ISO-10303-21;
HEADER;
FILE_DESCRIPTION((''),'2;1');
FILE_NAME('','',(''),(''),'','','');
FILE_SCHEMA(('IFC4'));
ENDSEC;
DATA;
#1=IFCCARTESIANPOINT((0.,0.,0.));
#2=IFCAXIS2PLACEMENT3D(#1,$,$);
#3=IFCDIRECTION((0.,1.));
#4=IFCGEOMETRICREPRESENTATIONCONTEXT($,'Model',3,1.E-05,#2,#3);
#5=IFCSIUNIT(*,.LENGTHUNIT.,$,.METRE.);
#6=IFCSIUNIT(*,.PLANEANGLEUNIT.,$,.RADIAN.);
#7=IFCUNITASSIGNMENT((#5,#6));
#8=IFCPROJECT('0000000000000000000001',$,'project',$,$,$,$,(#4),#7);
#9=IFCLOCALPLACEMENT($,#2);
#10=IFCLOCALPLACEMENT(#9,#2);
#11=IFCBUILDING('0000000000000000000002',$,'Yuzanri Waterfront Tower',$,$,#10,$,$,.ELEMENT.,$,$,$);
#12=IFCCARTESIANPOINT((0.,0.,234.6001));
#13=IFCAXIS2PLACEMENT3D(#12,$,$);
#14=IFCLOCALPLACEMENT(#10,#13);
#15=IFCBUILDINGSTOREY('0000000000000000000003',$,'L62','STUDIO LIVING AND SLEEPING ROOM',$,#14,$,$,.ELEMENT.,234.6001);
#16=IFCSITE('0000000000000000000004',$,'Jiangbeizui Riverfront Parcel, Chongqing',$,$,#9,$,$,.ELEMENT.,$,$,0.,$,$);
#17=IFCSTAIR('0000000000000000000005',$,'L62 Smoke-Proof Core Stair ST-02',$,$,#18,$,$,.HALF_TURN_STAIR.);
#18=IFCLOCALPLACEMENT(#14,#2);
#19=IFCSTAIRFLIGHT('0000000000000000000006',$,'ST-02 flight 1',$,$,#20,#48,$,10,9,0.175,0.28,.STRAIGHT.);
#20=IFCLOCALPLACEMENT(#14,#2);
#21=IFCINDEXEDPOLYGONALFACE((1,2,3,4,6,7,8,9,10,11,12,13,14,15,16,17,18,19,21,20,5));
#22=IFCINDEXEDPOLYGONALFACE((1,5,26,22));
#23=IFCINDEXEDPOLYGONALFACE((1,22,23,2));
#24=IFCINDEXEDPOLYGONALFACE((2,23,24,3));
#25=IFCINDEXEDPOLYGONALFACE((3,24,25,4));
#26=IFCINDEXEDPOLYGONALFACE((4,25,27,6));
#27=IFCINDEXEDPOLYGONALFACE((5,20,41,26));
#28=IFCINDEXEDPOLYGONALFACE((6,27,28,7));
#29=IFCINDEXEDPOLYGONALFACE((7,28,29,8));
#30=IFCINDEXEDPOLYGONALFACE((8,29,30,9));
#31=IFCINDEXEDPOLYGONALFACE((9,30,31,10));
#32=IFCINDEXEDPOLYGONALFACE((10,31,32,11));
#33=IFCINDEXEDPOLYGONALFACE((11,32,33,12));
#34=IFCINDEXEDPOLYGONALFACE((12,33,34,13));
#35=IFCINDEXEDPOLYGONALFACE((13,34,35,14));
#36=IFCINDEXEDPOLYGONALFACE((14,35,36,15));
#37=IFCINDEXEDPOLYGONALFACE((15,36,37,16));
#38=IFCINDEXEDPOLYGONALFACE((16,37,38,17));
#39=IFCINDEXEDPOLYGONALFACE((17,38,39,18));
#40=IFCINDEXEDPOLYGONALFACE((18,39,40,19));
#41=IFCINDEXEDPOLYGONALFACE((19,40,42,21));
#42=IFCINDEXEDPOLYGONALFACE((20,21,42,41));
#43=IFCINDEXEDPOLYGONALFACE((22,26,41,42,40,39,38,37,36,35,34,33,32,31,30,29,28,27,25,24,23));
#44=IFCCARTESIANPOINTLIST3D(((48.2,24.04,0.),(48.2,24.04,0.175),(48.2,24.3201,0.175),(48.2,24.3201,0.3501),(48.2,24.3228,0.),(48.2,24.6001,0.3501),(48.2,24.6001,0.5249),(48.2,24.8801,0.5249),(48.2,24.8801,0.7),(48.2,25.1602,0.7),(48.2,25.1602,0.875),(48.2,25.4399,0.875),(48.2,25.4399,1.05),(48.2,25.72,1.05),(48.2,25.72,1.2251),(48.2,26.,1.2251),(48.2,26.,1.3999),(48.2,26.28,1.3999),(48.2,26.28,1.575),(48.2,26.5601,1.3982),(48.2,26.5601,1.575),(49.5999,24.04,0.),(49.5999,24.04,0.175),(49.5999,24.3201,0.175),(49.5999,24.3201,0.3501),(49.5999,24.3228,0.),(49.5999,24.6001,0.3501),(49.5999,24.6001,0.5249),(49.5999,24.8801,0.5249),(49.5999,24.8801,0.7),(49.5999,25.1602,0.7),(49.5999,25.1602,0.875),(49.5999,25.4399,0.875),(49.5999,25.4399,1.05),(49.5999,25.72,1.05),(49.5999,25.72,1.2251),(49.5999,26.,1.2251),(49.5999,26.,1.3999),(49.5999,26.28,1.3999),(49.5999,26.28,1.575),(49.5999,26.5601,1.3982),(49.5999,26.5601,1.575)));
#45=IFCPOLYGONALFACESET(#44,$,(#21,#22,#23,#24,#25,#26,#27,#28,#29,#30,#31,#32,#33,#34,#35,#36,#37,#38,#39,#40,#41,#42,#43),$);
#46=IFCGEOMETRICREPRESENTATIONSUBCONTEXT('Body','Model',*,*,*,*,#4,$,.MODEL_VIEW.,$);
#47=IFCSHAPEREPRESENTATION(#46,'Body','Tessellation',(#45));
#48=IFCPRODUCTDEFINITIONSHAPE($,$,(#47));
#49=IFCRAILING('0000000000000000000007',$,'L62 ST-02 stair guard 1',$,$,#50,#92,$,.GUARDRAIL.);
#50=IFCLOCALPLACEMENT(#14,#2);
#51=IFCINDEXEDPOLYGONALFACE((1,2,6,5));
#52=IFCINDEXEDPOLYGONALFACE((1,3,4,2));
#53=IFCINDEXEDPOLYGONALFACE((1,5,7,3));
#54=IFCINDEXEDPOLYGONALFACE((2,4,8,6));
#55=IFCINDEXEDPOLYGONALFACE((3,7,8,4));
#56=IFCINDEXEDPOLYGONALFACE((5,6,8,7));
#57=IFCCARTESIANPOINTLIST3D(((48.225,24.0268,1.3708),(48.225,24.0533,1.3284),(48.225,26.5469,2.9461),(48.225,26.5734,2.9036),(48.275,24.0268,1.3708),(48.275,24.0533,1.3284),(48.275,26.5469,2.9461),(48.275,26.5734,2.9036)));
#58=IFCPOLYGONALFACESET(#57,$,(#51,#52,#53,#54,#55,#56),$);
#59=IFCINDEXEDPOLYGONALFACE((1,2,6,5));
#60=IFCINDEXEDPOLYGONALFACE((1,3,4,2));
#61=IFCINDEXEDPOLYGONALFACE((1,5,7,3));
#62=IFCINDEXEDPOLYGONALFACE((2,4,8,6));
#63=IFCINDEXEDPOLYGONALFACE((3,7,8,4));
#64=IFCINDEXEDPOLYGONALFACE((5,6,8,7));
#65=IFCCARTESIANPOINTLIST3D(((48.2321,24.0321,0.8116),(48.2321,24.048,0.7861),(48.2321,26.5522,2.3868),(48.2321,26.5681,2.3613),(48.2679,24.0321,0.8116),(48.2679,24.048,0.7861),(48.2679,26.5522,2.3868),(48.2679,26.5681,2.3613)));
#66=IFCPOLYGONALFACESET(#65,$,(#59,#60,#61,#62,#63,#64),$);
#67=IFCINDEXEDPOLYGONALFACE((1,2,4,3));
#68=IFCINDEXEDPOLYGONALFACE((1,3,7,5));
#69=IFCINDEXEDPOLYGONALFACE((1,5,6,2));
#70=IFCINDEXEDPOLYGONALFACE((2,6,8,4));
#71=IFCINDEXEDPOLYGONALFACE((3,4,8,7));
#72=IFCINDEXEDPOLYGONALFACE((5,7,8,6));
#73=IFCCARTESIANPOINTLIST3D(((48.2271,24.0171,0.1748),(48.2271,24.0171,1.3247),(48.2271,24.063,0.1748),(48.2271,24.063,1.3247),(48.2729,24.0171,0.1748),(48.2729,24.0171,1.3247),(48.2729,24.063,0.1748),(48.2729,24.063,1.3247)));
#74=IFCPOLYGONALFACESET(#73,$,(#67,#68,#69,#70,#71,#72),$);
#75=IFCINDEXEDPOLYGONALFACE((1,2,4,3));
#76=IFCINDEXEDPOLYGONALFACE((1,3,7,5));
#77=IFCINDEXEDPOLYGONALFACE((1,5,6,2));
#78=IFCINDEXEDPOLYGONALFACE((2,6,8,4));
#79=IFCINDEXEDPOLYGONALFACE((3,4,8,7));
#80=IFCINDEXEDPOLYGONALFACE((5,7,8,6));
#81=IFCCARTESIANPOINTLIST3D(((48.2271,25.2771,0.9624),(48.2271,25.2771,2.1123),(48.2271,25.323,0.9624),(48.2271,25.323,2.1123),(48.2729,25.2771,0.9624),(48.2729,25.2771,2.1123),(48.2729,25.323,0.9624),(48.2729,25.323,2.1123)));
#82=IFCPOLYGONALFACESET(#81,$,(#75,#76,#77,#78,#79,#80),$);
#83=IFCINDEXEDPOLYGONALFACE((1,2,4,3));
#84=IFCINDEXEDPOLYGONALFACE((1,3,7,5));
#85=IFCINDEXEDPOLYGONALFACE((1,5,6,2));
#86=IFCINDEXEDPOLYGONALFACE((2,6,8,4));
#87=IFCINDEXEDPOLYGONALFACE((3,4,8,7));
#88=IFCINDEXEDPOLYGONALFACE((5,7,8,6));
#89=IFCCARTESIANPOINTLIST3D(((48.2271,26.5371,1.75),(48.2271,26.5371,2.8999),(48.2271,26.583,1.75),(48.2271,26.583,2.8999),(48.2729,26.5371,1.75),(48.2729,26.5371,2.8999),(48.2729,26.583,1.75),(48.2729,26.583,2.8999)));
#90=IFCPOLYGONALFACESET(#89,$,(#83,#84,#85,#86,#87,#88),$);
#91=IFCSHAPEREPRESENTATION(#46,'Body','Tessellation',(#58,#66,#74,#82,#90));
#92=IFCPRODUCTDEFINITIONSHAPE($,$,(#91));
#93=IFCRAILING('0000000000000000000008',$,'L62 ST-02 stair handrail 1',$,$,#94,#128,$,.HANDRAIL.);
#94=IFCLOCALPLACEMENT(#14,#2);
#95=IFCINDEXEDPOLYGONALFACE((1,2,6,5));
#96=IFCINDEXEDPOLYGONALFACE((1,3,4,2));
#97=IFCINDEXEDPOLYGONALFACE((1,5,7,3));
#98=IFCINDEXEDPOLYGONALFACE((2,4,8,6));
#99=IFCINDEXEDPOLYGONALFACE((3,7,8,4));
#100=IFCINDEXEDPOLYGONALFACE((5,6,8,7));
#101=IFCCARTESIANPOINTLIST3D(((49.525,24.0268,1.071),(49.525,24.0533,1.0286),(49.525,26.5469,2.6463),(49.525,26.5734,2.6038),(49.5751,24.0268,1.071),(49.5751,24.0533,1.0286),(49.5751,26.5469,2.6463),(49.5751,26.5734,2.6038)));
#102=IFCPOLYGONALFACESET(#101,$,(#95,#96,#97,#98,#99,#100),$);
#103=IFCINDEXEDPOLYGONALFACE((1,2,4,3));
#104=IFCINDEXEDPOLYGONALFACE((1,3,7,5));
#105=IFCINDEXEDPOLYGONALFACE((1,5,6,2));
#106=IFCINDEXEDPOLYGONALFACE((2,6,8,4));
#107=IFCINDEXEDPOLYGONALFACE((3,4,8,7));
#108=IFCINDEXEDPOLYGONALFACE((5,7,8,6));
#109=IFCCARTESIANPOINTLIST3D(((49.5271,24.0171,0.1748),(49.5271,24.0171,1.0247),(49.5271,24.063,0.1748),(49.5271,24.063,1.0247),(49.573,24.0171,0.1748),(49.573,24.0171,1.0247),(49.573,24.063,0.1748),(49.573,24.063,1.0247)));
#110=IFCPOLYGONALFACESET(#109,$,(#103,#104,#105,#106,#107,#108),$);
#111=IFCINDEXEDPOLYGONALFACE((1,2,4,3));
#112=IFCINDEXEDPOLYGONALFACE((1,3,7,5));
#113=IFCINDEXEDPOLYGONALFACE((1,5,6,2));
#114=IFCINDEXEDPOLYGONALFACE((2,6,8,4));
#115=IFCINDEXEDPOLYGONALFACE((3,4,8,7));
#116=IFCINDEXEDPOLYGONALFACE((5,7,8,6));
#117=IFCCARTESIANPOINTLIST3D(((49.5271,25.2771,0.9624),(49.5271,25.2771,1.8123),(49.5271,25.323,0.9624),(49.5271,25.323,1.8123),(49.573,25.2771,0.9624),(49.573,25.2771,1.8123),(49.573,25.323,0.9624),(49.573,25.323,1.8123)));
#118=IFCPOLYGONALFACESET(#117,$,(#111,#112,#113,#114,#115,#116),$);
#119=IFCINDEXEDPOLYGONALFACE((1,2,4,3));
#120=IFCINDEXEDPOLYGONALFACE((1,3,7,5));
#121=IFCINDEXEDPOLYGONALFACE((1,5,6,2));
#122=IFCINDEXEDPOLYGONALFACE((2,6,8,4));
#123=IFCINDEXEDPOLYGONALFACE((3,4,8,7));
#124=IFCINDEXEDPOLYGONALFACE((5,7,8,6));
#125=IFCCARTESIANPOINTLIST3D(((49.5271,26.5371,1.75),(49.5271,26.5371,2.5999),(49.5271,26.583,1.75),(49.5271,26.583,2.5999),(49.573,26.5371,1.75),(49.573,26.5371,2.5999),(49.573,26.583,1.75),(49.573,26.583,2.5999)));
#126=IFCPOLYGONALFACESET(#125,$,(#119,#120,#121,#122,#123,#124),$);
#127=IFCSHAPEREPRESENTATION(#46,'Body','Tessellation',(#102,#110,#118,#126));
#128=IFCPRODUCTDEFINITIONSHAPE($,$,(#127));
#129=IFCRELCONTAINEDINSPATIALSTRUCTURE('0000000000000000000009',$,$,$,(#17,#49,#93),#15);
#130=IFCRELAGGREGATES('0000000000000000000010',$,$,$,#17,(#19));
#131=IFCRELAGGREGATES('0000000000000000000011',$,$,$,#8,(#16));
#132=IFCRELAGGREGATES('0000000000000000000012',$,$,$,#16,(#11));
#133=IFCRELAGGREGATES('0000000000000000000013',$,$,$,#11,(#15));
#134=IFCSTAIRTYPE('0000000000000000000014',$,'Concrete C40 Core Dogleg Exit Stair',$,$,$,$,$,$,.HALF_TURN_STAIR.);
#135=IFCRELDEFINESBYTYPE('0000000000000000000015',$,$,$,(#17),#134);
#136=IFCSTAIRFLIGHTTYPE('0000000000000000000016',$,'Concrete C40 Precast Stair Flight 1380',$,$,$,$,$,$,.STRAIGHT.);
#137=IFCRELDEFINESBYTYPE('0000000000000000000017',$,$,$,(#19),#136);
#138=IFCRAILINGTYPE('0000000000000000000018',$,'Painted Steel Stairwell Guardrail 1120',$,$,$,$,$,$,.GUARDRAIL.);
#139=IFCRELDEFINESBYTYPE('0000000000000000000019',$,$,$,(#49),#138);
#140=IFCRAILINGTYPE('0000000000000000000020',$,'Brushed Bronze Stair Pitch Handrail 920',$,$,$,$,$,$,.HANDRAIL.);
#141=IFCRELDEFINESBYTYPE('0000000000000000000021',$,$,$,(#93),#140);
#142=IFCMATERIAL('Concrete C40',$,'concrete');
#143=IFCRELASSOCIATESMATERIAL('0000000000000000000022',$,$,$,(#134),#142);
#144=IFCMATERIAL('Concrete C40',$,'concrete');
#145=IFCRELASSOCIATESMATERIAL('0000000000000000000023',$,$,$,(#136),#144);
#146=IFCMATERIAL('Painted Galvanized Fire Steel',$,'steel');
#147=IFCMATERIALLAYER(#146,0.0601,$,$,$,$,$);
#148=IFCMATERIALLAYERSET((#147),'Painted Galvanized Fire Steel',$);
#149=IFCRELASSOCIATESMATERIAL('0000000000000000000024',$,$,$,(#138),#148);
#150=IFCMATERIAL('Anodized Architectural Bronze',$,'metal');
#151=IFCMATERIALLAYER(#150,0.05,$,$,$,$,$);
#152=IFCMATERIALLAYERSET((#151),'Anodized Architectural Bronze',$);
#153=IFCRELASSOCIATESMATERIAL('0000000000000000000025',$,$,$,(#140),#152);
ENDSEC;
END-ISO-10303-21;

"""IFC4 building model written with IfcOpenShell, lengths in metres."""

from ifc_helpers import new_model, si_unit, direction, frame, origin, origin_2d, place, context, subcontext, project, spatial, polyline, rectangle, outline, extrude, source, transform, mapped, material, layer, layer_set, type_object, element, aggregate, save


model = new_model("IFC4")

# Units and contexts
model_context = context("Model", 3, precision=1e-05, world=origin(), true_north=direction((0.0, 1.0)))
body_context = subcontext(model_context, "Body", "Model", "MODEL_VIEW")
ifc_project = project(units=[si_unit("LENGTHUNIT", "METRE"), si_unit("PLANEANGLEUNIT", "RADIAN")], contexts=[model_context])

# Site, building, storey
site_placement = place(None, origin())
site = spatial("IfcSite", under=ifc_project, at=site_placement, Name="Jiangbeizui Riverfront Parcel, Chongqing", CompositionType="ELEMENT", RefElevation=0.0)
building_placement = place(site_placement, origin())
building = spatial("IfcBuilding", under=site, at=building_placement, Name="Yuzanri Waterfront Tower", CompositionType="ELEMENT")
storey_placement = place(building_placement, frame((0.0, 0.0, 234.6001)))
storey = spatial("IfcBuildingStorey", under=building, at=storey_placement, Name="L62", Description="STUDIO LIVING AND SLEEPING ROOM", CompositionType="ELEMENT", Elevation=234.6001)

# Stair, stair flight
ifc_material_1 = material(Name="Concrete C40", Category="concrete")
stair_type = type_object("IfcStairType", Name="Concrete C40 Core Dogleg Exit Stair", PredefinedType="HALF_TURN_STAIR", material=ifc_material_1)
stair_placement = place(storey_placement, origin())
stair = element("IfcStair", 1, at=stair_placement, inside=storey, type_object=stair_type, Name="L62 Smoke-Proof Core Stair ST-02", PredefinedType="HALF_TURN_STAIR")
ifc_material_2 = material(Name="Concrete C40", Category="concrete")
stair_flight_type = type_object("IfcStairFlightType", Name="Concrete C40 Precast Stair Flight 1380", PredefinedType="STRAIGHT", material=ifc_material_2)
shared_shape_1 = source(origin(), body_context, "Body", "SweptSolid", [
    extrude(outline(polyline([(0.0, 0.0), (0.0, 0.175), (0.28, 0.175), (0.28, 0.3501), (0.5601, 0.3501), (0.5601, 0.5249), (0.8401, 0.5249), (0.8401, 0.7), (1.1201, 0.7), (1.1201, 0.875), (1.3999, 0.875), (1.3999, 1.05), (1.6799, 1.05), (1.6799, 1.2251), (1.96, 1.2251), (1.96, 1.3999), (2.24, 1.3999), (2.24, 1.575), (2.52, 1.575), (2.52, 1.75), (2.52, 1.3982), (0.2827, 0.0), (0.0, 0.0)])), frame((0.0, 0.7, 0.0), z_axis=(0.0, -1.0, 0.0), x_axis=(1.0, 0.0, 0.0)), (0.0, 0.0, 1.0), 1.3999),
])
stair_flight_placement = place(storey_placement, frame((48.8999, 24.04, 0.0), z_axis=(0.0, 0.0, 1.0), x_axis=(0.0, 1.0, 0.0)))
stair_flight = element("IfcStairFlight", 2, at=stair_flight_placement, type_object=stair_flight_type, Name="ST-02 flight 1", NumberOfRisers=10, NumberOfTreads=9, PredefinedType="STRAIGHT", RiserHeight=0.175, TreadLength=0.28, context=body_context, shape_type="MappedRepresentation", body=[
    mapped(shared_shape_1, transform((0.0, 0.0, 0.0), scale=1.0)),
])
aggregate(stair, [stair_flight])

# Railings
ifc_material_3 = material(Name="Painted Galvanized Fire Steel", Category="steel")
ifc_layer_1 = layer(ifc_material_3, 0.0601)
ifc_layer_set_1 = layer_set([ifc_layer_1], Name="Painted Galvanized Fire Steel")
railing_type_1 = type_object("IfcRailingType", Name="Painted Steel Stairwell Guardrail 1120", PredefinedType="GUARDRAIL", material=ifc_layer_set_1)
shared_shape_2 = source(origin(), body_context, "Body", "SweptSolid", [
    extrude(rectangle(XDim=0.05, YDim=0.05, at=origin_2d()), frame((0.0, 0.0, 1.1748), z_axis=(0.0, 0.847971, 0.530043), x_axis=(-1.0, 0.0, 0.0)), (0.0, 0.0, 1.0), 2.9719),
    extrude(rectangle(XDim=0.0359, YDim=0.03, at=origin_2d()), frame((0.0, 0.0, 0.624), z_axis=(0.0, 0.847971, 0.530043), x_axis=(-1.0, 0.0, 0.0)), (0.0, 0.0, 1.0), 2.9719),
    extrude(rectangle(XDim=0.0459, YDim=0.0459, at=origin_2d()), origin(), (0.0, 0.0, 1.0), 1.1499),
    extrude(rectangle(XDim=0.0459, YDim=0.0459, at=origin_2d()), frame((0.0, 1.26, 0.7876)), (0.0, 0.0, 1.0), 1.1499),
    extrude(rectangle(XDim=0.0459, YDim=0.0459, at=origin_2d()), frame((0.0, 2.52, 1.5752)), (0.0, 0.0, 1.0), 1.1499),
])
railing_1_placement = place(storey_placement, frame((48.25, 24.04, 0.1748)))
element("IfcRailing", 3, at=railing_1_placement, inside=storey, type_object=railing_type_1, Name="L62 ST-02 stair guard 1", PredefinedType="GUARDRAIL", context=body_context, shape_type="MappedRepresentation", body=[
    mapped(shared_shape_2, transform((0.0, 0.0, 0.0), scale=1.0)),
])
ifc_material_4 = material(Name="Anodized Architectural Bronze", Category="metal")
ifc_layer_2 = layer(ifc_material_4, 0.05)
ifc_layer_set_2 = layer_set([ifc_layer_2], Name="Anodized Architectural Bronze")
railing_type_2 = type_object("IfcRailingType", Name="Brushed Bronze Stair Pitch Handrail 920", PredefinedType="HANDRAIL", material=ifc_layer_set_2)
shared_shape_3 = source(origin(), body_context, "Body", "SweptSolid", [
    extrude(rectangle(XDim=0.05, YDim=0.05, at=origin_2d()), frame((0.0, 0.0, 0.875), z_axis=(0.0, 0.847971, 0.530043), x_axis=(-1.0, 0.0, 0.0)), (0.0, 0.0, 1.0), 2.9719),
    extrude(rectangle(XDim=0.0459, YDim=0.0459, at=origin_2d()), origin(), (0.0, 0.0, 1.0), 0.8499),
    extrude(rectangle(XDim=0.0459, YDim=0.0459, at=origin_2d()), frame((0.0, 1.26, 0.7876)), (0.0, 0.0, 1.0), 0.8499),
    extrude(rectangle(XDim=0.0459, YDim=0.0459, at=origin_2d()), frame((0.0, 2.52, 1.5752)), (0.0, 0.0, 1.0), 0.8499),
])
railing_2_placement = place(storey_placement, frame((49.55, 24.04, 0.1748)))
element("IfcRailing", 4, at=railing_2_placement, inside=storey, type_object=railing_type_2, Name="L62 ST-02 stair handrail 1", PredefinedType="HANDRAIL", context=body_context, shape_type="MappedRepresentation", body=[
    mapped(shared_shape_3, transform((0.0, 0.0, 0.0), scale=1.0)),
])

save(model, "model.ifc")
